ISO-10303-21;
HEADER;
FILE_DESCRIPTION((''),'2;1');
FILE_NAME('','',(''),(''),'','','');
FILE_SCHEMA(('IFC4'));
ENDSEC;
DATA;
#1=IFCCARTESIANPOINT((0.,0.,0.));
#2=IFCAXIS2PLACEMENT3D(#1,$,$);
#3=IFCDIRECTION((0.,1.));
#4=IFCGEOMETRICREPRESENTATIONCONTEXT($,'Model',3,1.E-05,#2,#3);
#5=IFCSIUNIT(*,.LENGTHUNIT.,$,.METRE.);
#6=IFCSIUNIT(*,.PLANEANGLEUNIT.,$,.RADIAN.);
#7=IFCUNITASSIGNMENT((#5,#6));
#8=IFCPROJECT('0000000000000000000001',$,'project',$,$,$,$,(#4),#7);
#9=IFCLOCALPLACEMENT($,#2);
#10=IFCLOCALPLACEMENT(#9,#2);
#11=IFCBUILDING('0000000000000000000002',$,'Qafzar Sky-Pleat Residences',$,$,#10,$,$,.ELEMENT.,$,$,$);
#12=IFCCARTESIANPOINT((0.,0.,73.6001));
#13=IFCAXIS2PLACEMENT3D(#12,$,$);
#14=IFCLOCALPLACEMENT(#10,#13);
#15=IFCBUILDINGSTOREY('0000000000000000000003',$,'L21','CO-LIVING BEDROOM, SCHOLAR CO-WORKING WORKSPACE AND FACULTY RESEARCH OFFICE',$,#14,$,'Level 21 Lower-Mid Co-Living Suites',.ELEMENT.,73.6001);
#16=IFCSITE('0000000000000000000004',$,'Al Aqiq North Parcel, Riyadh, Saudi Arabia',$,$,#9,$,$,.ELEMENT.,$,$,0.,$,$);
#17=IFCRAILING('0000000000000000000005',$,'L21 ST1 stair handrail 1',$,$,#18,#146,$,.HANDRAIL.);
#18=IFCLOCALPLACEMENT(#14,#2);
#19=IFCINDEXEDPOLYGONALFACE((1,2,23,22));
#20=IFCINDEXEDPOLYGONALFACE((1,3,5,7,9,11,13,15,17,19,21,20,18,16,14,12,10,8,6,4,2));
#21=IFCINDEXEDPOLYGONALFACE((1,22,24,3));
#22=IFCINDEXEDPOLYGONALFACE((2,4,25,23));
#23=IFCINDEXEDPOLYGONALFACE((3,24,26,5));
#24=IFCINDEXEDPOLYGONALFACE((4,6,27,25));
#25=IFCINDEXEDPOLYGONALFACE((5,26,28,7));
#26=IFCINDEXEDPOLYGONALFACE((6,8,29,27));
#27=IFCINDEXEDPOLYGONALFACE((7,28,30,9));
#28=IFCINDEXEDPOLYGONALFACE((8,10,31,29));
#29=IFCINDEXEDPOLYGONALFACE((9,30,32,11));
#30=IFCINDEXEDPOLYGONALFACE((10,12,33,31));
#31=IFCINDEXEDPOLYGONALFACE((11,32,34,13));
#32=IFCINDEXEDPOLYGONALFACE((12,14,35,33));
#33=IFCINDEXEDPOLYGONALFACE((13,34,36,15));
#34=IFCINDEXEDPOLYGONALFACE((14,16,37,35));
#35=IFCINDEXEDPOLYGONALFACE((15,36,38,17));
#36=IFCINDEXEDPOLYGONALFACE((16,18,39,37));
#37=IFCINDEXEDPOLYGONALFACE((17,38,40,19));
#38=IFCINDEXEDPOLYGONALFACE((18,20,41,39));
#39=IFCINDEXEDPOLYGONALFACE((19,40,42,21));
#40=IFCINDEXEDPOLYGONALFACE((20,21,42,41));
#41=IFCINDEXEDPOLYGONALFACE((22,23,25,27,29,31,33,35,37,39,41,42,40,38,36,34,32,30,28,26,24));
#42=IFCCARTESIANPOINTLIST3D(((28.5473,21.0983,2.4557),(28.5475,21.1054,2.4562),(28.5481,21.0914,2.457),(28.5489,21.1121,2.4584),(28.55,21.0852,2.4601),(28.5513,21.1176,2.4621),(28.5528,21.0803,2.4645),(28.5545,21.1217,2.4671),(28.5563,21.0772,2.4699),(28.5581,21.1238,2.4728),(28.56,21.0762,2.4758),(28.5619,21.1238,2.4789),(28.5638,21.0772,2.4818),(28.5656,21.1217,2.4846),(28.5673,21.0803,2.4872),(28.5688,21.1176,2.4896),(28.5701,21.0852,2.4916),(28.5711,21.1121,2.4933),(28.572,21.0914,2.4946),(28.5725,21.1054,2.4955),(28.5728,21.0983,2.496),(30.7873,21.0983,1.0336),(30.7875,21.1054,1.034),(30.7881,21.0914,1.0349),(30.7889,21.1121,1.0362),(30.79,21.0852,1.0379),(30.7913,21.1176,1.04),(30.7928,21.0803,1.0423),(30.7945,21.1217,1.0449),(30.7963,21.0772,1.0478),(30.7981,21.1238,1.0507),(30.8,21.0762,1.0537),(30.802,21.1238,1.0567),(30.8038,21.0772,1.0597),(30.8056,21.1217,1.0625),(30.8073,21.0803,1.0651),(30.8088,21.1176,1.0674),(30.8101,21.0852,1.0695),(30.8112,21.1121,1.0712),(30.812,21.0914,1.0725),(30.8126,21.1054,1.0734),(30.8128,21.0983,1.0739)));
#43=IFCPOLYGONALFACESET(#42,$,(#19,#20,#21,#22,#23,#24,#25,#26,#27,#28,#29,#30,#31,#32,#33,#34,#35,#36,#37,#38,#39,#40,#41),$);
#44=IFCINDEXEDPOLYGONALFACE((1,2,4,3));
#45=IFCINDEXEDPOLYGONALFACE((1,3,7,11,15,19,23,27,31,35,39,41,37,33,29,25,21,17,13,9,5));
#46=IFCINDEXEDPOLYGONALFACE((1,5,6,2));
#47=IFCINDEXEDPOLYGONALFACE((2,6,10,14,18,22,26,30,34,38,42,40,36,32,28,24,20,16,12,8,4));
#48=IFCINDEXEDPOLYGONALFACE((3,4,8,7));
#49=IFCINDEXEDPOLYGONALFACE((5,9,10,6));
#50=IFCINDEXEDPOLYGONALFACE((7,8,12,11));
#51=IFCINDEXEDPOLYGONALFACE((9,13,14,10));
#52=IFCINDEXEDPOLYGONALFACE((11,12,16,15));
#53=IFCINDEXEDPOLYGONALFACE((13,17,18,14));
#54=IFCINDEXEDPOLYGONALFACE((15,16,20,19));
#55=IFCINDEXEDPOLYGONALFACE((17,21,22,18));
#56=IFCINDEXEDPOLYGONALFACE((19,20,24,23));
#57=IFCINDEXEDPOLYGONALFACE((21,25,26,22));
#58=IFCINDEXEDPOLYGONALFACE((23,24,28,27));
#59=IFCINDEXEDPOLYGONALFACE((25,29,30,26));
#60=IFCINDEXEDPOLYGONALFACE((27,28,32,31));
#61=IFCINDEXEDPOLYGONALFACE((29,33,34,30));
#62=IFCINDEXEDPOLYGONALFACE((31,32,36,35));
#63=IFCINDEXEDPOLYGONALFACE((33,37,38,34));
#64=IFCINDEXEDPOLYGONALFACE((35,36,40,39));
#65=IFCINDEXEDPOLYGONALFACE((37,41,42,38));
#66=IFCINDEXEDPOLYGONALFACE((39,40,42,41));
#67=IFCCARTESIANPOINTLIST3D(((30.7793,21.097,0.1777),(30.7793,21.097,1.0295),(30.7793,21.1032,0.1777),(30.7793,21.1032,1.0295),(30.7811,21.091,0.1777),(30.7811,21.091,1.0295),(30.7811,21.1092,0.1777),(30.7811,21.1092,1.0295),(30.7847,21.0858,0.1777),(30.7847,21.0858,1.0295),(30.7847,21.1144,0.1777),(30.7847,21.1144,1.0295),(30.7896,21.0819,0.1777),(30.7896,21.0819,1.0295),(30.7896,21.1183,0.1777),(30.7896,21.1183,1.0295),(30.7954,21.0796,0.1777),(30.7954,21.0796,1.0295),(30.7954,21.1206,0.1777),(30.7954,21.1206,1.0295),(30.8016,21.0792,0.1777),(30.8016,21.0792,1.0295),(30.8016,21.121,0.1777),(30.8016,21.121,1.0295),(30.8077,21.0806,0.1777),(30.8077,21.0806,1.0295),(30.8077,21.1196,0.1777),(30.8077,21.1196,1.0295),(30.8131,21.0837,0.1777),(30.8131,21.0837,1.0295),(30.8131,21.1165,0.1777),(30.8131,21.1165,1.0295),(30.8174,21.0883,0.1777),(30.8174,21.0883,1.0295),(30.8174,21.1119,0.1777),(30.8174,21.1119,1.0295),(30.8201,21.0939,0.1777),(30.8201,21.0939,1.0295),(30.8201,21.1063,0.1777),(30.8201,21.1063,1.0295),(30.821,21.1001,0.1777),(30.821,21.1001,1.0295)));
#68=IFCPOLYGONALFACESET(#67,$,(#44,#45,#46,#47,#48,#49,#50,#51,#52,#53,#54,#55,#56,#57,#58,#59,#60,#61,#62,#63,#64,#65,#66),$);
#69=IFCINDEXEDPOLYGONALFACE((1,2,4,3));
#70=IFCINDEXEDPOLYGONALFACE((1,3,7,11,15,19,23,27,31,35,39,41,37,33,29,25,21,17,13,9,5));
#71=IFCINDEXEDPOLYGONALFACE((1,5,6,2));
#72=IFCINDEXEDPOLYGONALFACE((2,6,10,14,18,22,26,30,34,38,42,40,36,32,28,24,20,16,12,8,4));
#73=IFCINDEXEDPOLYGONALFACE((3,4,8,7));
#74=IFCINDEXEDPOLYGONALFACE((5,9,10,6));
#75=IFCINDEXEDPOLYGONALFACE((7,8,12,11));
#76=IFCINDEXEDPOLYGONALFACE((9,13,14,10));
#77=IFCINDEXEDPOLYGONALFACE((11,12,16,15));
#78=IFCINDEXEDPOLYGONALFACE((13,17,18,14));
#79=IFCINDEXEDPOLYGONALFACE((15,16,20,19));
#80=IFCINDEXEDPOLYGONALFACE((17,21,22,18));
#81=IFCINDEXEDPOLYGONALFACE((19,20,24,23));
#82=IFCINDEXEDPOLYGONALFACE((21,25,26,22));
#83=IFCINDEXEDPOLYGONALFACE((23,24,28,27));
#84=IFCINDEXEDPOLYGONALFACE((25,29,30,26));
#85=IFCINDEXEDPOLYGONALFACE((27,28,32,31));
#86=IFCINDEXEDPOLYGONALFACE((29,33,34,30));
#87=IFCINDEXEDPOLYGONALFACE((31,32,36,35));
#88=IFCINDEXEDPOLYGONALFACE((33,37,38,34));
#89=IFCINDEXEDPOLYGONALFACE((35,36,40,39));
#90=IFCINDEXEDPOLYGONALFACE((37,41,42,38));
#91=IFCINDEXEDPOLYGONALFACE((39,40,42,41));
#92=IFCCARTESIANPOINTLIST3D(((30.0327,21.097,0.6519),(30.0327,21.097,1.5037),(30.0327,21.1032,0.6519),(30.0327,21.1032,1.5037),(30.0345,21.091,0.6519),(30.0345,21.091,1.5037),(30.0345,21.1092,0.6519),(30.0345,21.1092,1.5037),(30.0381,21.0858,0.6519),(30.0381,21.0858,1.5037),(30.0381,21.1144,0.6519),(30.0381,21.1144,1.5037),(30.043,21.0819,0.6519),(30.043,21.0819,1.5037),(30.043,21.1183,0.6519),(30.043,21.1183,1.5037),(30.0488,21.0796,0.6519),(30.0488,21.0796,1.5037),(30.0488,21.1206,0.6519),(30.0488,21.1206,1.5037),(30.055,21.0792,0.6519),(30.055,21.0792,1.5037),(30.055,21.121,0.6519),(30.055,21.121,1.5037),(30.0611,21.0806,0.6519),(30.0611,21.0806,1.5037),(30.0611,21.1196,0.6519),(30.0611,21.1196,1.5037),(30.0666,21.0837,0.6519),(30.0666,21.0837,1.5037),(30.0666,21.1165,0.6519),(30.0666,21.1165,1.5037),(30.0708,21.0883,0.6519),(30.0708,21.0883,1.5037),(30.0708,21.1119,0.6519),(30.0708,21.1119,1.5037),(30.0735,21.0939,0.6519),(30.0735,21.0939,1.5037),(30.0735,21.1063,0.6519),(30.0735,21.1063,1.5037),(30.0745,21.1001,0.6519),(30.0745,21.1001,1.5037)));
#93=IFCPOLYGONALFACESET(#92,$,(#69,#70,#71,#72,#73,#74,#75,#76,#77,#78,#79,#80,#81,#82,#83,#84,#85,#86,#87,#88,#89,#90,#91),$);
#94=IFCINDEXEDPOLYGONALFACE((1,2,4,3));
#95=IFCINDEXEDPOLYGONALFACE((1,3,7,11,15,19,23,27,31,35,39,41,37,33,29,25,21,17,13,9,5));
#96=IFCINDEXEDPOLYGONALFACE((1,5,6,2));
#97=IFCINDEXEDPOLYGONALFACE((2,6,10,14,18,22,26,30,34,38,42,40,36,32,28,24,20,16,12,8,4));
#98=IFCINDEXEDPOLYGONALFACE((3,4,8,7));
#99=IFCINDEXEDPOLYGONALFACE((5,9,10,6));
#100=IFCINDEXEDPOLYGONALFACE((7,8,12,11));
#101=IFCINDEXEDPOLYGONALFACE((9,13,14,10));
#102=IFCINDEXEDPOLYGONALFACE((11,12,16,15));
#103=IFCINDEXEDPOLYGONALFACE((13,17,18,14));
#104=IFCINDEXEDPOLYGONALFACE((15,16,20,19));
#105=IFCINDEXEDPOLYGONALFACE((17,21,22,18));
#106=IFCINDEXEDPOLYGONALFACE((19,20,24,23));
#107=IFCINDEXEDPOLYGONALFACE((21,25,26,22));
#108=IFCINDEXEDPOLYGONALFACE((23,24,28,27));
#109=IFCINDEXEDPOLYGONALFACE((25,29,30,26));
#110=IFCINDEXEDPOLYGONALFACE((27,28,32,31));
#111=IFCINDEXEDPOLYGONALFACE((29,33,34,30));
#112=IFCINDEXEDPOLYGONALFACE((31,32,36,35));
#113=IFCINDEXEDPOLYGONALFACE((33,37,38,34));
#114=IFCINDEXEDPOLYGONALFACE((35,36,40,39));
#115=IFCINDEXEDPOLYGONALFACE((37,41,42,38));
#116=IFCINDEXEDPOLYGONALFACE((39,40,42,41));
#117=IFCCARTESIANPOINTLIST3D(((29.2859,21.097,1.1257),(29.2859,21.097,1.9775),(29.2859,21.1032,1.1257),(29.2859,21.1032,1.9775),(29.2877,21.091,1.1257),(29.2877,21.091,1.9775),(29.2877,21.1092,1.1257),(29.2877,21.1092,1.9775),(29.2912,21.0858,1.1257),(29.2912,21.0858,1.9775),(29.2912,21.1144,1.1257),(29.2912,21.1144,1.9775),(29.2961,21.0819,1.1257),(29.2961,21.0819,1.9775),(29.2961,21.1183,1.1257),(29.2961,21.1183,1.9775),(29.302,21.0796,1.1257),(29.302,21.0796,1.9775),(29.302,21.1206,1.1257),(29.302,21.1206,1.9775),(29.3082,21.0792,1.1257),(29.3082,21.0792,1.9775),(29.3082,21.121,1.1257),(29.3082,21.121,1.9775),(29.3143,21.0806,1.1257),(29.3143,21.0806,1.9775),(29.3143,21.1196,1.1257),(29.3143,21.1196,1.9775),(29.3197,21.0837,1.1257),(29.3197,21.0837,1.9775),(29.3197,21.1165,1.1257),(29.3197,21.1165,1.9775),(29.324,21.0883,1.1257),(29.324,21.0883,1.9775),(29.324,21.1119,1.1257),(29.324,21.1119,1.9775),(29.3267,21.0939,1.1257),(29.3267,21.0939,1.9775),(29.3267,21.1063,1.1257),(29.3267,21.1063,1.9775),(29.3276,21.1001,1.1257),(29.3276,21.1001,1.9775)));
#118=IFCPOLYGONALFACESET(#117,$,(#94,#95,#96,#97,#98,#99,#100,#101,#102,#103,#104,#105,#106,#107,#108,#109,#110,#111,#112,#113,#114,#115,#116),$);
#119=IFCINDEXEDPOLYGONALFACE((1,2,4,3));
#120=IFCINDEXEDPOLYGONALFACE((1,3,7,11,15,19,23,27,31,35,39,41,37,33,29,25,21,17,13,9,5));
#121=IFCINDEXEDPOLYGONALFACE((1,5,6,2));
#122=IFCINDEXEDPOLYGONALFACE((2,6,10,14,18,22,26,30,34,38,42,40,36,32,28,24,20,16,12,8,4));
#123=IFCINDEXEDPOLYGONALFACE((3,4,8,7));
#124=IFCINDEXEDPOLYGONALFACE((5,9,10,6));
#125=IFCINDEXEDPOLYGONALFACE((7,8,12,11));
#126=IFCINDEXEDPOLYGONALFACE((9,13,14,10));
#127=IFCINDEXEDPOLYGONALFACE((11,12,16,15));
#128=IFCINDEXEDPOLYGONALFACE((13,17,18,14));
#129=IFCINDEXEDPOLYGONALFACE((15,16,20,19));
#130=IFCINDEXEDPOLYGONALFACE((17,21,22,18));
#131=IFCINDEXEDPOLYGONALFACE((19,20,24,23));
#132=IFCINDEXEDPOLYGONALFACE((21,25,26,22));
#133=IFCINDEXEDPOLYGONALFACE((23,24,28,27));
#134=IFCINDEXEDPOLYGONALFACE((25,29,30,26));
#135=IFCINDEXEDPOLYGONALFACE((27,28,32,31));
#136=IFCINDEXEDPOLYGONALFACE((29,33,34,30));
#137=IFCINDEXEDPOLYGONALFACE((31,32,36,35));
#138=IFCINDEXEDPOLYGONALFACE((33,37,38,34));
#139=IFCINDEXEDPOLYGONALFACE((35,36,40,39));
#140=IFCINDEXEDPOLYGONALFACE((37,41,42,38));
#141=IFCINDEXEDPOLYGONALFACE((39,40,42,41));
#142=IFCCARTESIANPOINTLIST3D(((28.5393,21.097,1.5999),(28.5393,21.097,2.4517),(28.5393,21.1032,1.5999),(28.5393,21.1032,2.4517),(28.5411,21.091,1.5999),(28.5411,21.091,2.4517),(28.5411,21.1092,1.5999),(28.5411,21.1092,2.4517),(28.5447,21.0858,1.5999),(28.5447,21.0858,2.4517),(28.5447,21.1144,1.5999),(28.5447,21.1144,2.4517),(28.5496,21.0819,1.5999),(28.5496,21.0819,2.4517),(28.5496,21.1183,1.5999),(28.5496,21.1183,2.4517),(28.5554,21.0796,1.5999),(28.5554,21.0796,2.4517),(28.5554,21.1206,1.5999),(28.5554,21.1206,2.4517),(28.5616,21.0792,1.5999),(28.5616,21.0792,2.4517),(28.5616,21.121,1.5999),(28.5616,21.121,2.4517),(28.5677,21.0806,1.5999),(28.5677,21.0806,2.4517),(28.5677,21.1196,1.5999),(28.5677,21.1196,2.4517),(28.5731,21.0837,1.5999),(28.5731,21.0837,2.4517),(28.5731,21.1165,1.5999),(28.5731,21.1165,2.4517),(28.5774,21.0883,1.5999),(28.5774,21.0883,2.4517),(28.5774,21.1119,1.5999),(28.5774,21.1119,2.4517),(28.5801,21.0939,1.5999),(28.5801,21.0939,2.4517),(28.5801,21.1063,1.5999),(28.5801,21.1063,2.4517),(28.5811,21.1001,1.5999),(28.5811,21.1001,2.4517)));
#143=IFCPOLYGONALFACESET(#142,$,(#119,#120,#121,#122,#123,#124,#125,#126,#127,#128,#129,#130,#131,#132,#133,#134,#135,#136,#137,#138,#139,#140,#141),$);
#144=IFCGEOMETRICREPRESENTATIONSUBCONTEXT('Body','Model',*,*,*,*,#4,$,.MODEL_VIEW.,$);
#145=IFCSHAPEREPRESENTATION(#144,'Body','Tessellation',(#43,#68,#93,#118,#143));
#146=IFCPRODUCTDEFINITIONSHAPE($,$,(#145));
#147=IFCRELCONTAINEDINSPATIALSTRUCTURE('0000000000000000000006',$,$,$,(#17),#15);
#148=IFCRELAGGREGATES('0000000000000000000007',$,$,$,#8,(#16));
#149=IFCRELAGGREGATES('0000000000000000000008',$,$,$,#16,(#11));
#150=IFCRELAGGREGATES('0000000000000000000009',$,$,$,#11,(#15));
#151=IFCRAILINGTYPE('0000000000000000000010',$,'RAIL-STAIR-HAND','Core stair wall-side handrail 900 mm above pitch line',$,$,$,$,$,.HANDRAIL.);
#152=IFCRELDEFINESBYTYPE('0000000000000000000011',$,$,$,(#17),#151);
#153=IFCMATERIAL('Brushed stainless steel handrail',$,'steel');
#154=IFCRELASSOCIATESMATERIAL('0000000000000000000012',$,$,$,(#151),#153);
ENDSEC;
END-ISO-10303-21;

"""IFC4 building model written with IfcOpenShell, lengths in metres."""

from ifc_helpers import new_model, si_unit, direction, frame, origin, origin_2d, place, context, subcontext, project, spatial, circle, extrude, source, transform, mapped, material, type_object, element, save


model = new_model("IFC4")

# Units and contexts
model_context = context("Model", 3, precision=1e-05, world=origin(), true_north=direction((0.0, 1.0)))
body_context = subcontext(model_context, "Body", "Model", "MODEL_VIEW")
ifc_project = project(units=[si_unit("LENGTHUNIT", "METRE"), si_unit("PLANEANGLEUNIT", "RADIAN")], contexts=[model_context])

# Site, building, storey
site_placement = place(None, origin())
site = spatial("IfcSite", under=ifc_project, at=site_placement, Name="Al Aqiq North Parcel, Riyadh, Saudi Arabia", CompositionType="ELEMENT", RefElevation=0.0)
building_placement = place(site_placement, origin())
building = spatial("IfcBuilding", under=site, at=building_placement, Name="Qafzar Sky-Pleat Residences", CompositionType="ELEMENT")
storey_placement = place(building_placement, frame((0.0, 0.0, 73.6001)))
storey = spatial("IfcBuildingStorey", under=building, at=storey_placement, Name="L21", Description="CO-LIVING BEDROOM, SCHOLAR CO-WORKING WORKSPACE AND FACULTY RESEARCH OFFICE", LongName="Level 21 Lower-Mid Co-Living Suites", CompositionType="ELEMENT", Elevation=73.6001)

# Railing
ifc_material_1 = material(Name="Brushed stainless steel handrail", Category="steel")
railing_type_1 = type_object("IfcRailingType", Name="RAIL-STAIR-HAND", Description="Core stair wall-side handrail 900 mm above pitch line", PredefinedType="HANDRAIL", material=ifc_material_1)
shared_shape_1 = source(origin(), body_context, "Body", "SweptSolid", [
    extrude(circle(Radius=0.0239, at=origin_2d()), frame((0.0, 0.0, 0.876), z_axis=(-0.844229, 0.0, 0.535982), x_axis=(0.0, -1.0, 0.0)), (0.0, 0.0, 1.0), 2.6533),
    extrude(circle(Radius=0.021, at=origin_2d()), origin(), (0.0, 0.0, 1.0), 0.8518),
    extrude(circle(Radius=0.021, at=origin_2d()), frame((-0.7466, 0.0, 0.4741)), (0.0, 0.0, 1.0), 0.8518),
    extrude(circle(Radius=0.021, at=origin_2d()), frame((-1.4934, 0.0, 0.948)), (0.0, 0.0, 1.0), 0.8518),
    extrude(circle(Radius=0.021, at=origin_2d()), frame((-2.24, 0.0, 1.4221)), (0.0, 0.0, 1.0), 0.8518),
])
railing_1_placement = place(storey_placement, frame((30.8, 21.1001, 0.1777)))
element("IfcRailing", 1, at=railing_1_placement, inside=storey, type_object=railing_type_1, Name="L21 ST1 stair handrail 1", PredefinedType="HANDRAIL", context=body_context, shape_type="MappedRepresentation", body=[
    mapped(shared_shape_1, transform((0.0, 0.0, 0.0), x_axis=(1.0, 0.0, 0.0), y_axis=(0.0, 1.0, 0.0), z_axis=(0.0, 0.0, 1.0), scale=1.0)),
])

save(model, "model.ifc")
